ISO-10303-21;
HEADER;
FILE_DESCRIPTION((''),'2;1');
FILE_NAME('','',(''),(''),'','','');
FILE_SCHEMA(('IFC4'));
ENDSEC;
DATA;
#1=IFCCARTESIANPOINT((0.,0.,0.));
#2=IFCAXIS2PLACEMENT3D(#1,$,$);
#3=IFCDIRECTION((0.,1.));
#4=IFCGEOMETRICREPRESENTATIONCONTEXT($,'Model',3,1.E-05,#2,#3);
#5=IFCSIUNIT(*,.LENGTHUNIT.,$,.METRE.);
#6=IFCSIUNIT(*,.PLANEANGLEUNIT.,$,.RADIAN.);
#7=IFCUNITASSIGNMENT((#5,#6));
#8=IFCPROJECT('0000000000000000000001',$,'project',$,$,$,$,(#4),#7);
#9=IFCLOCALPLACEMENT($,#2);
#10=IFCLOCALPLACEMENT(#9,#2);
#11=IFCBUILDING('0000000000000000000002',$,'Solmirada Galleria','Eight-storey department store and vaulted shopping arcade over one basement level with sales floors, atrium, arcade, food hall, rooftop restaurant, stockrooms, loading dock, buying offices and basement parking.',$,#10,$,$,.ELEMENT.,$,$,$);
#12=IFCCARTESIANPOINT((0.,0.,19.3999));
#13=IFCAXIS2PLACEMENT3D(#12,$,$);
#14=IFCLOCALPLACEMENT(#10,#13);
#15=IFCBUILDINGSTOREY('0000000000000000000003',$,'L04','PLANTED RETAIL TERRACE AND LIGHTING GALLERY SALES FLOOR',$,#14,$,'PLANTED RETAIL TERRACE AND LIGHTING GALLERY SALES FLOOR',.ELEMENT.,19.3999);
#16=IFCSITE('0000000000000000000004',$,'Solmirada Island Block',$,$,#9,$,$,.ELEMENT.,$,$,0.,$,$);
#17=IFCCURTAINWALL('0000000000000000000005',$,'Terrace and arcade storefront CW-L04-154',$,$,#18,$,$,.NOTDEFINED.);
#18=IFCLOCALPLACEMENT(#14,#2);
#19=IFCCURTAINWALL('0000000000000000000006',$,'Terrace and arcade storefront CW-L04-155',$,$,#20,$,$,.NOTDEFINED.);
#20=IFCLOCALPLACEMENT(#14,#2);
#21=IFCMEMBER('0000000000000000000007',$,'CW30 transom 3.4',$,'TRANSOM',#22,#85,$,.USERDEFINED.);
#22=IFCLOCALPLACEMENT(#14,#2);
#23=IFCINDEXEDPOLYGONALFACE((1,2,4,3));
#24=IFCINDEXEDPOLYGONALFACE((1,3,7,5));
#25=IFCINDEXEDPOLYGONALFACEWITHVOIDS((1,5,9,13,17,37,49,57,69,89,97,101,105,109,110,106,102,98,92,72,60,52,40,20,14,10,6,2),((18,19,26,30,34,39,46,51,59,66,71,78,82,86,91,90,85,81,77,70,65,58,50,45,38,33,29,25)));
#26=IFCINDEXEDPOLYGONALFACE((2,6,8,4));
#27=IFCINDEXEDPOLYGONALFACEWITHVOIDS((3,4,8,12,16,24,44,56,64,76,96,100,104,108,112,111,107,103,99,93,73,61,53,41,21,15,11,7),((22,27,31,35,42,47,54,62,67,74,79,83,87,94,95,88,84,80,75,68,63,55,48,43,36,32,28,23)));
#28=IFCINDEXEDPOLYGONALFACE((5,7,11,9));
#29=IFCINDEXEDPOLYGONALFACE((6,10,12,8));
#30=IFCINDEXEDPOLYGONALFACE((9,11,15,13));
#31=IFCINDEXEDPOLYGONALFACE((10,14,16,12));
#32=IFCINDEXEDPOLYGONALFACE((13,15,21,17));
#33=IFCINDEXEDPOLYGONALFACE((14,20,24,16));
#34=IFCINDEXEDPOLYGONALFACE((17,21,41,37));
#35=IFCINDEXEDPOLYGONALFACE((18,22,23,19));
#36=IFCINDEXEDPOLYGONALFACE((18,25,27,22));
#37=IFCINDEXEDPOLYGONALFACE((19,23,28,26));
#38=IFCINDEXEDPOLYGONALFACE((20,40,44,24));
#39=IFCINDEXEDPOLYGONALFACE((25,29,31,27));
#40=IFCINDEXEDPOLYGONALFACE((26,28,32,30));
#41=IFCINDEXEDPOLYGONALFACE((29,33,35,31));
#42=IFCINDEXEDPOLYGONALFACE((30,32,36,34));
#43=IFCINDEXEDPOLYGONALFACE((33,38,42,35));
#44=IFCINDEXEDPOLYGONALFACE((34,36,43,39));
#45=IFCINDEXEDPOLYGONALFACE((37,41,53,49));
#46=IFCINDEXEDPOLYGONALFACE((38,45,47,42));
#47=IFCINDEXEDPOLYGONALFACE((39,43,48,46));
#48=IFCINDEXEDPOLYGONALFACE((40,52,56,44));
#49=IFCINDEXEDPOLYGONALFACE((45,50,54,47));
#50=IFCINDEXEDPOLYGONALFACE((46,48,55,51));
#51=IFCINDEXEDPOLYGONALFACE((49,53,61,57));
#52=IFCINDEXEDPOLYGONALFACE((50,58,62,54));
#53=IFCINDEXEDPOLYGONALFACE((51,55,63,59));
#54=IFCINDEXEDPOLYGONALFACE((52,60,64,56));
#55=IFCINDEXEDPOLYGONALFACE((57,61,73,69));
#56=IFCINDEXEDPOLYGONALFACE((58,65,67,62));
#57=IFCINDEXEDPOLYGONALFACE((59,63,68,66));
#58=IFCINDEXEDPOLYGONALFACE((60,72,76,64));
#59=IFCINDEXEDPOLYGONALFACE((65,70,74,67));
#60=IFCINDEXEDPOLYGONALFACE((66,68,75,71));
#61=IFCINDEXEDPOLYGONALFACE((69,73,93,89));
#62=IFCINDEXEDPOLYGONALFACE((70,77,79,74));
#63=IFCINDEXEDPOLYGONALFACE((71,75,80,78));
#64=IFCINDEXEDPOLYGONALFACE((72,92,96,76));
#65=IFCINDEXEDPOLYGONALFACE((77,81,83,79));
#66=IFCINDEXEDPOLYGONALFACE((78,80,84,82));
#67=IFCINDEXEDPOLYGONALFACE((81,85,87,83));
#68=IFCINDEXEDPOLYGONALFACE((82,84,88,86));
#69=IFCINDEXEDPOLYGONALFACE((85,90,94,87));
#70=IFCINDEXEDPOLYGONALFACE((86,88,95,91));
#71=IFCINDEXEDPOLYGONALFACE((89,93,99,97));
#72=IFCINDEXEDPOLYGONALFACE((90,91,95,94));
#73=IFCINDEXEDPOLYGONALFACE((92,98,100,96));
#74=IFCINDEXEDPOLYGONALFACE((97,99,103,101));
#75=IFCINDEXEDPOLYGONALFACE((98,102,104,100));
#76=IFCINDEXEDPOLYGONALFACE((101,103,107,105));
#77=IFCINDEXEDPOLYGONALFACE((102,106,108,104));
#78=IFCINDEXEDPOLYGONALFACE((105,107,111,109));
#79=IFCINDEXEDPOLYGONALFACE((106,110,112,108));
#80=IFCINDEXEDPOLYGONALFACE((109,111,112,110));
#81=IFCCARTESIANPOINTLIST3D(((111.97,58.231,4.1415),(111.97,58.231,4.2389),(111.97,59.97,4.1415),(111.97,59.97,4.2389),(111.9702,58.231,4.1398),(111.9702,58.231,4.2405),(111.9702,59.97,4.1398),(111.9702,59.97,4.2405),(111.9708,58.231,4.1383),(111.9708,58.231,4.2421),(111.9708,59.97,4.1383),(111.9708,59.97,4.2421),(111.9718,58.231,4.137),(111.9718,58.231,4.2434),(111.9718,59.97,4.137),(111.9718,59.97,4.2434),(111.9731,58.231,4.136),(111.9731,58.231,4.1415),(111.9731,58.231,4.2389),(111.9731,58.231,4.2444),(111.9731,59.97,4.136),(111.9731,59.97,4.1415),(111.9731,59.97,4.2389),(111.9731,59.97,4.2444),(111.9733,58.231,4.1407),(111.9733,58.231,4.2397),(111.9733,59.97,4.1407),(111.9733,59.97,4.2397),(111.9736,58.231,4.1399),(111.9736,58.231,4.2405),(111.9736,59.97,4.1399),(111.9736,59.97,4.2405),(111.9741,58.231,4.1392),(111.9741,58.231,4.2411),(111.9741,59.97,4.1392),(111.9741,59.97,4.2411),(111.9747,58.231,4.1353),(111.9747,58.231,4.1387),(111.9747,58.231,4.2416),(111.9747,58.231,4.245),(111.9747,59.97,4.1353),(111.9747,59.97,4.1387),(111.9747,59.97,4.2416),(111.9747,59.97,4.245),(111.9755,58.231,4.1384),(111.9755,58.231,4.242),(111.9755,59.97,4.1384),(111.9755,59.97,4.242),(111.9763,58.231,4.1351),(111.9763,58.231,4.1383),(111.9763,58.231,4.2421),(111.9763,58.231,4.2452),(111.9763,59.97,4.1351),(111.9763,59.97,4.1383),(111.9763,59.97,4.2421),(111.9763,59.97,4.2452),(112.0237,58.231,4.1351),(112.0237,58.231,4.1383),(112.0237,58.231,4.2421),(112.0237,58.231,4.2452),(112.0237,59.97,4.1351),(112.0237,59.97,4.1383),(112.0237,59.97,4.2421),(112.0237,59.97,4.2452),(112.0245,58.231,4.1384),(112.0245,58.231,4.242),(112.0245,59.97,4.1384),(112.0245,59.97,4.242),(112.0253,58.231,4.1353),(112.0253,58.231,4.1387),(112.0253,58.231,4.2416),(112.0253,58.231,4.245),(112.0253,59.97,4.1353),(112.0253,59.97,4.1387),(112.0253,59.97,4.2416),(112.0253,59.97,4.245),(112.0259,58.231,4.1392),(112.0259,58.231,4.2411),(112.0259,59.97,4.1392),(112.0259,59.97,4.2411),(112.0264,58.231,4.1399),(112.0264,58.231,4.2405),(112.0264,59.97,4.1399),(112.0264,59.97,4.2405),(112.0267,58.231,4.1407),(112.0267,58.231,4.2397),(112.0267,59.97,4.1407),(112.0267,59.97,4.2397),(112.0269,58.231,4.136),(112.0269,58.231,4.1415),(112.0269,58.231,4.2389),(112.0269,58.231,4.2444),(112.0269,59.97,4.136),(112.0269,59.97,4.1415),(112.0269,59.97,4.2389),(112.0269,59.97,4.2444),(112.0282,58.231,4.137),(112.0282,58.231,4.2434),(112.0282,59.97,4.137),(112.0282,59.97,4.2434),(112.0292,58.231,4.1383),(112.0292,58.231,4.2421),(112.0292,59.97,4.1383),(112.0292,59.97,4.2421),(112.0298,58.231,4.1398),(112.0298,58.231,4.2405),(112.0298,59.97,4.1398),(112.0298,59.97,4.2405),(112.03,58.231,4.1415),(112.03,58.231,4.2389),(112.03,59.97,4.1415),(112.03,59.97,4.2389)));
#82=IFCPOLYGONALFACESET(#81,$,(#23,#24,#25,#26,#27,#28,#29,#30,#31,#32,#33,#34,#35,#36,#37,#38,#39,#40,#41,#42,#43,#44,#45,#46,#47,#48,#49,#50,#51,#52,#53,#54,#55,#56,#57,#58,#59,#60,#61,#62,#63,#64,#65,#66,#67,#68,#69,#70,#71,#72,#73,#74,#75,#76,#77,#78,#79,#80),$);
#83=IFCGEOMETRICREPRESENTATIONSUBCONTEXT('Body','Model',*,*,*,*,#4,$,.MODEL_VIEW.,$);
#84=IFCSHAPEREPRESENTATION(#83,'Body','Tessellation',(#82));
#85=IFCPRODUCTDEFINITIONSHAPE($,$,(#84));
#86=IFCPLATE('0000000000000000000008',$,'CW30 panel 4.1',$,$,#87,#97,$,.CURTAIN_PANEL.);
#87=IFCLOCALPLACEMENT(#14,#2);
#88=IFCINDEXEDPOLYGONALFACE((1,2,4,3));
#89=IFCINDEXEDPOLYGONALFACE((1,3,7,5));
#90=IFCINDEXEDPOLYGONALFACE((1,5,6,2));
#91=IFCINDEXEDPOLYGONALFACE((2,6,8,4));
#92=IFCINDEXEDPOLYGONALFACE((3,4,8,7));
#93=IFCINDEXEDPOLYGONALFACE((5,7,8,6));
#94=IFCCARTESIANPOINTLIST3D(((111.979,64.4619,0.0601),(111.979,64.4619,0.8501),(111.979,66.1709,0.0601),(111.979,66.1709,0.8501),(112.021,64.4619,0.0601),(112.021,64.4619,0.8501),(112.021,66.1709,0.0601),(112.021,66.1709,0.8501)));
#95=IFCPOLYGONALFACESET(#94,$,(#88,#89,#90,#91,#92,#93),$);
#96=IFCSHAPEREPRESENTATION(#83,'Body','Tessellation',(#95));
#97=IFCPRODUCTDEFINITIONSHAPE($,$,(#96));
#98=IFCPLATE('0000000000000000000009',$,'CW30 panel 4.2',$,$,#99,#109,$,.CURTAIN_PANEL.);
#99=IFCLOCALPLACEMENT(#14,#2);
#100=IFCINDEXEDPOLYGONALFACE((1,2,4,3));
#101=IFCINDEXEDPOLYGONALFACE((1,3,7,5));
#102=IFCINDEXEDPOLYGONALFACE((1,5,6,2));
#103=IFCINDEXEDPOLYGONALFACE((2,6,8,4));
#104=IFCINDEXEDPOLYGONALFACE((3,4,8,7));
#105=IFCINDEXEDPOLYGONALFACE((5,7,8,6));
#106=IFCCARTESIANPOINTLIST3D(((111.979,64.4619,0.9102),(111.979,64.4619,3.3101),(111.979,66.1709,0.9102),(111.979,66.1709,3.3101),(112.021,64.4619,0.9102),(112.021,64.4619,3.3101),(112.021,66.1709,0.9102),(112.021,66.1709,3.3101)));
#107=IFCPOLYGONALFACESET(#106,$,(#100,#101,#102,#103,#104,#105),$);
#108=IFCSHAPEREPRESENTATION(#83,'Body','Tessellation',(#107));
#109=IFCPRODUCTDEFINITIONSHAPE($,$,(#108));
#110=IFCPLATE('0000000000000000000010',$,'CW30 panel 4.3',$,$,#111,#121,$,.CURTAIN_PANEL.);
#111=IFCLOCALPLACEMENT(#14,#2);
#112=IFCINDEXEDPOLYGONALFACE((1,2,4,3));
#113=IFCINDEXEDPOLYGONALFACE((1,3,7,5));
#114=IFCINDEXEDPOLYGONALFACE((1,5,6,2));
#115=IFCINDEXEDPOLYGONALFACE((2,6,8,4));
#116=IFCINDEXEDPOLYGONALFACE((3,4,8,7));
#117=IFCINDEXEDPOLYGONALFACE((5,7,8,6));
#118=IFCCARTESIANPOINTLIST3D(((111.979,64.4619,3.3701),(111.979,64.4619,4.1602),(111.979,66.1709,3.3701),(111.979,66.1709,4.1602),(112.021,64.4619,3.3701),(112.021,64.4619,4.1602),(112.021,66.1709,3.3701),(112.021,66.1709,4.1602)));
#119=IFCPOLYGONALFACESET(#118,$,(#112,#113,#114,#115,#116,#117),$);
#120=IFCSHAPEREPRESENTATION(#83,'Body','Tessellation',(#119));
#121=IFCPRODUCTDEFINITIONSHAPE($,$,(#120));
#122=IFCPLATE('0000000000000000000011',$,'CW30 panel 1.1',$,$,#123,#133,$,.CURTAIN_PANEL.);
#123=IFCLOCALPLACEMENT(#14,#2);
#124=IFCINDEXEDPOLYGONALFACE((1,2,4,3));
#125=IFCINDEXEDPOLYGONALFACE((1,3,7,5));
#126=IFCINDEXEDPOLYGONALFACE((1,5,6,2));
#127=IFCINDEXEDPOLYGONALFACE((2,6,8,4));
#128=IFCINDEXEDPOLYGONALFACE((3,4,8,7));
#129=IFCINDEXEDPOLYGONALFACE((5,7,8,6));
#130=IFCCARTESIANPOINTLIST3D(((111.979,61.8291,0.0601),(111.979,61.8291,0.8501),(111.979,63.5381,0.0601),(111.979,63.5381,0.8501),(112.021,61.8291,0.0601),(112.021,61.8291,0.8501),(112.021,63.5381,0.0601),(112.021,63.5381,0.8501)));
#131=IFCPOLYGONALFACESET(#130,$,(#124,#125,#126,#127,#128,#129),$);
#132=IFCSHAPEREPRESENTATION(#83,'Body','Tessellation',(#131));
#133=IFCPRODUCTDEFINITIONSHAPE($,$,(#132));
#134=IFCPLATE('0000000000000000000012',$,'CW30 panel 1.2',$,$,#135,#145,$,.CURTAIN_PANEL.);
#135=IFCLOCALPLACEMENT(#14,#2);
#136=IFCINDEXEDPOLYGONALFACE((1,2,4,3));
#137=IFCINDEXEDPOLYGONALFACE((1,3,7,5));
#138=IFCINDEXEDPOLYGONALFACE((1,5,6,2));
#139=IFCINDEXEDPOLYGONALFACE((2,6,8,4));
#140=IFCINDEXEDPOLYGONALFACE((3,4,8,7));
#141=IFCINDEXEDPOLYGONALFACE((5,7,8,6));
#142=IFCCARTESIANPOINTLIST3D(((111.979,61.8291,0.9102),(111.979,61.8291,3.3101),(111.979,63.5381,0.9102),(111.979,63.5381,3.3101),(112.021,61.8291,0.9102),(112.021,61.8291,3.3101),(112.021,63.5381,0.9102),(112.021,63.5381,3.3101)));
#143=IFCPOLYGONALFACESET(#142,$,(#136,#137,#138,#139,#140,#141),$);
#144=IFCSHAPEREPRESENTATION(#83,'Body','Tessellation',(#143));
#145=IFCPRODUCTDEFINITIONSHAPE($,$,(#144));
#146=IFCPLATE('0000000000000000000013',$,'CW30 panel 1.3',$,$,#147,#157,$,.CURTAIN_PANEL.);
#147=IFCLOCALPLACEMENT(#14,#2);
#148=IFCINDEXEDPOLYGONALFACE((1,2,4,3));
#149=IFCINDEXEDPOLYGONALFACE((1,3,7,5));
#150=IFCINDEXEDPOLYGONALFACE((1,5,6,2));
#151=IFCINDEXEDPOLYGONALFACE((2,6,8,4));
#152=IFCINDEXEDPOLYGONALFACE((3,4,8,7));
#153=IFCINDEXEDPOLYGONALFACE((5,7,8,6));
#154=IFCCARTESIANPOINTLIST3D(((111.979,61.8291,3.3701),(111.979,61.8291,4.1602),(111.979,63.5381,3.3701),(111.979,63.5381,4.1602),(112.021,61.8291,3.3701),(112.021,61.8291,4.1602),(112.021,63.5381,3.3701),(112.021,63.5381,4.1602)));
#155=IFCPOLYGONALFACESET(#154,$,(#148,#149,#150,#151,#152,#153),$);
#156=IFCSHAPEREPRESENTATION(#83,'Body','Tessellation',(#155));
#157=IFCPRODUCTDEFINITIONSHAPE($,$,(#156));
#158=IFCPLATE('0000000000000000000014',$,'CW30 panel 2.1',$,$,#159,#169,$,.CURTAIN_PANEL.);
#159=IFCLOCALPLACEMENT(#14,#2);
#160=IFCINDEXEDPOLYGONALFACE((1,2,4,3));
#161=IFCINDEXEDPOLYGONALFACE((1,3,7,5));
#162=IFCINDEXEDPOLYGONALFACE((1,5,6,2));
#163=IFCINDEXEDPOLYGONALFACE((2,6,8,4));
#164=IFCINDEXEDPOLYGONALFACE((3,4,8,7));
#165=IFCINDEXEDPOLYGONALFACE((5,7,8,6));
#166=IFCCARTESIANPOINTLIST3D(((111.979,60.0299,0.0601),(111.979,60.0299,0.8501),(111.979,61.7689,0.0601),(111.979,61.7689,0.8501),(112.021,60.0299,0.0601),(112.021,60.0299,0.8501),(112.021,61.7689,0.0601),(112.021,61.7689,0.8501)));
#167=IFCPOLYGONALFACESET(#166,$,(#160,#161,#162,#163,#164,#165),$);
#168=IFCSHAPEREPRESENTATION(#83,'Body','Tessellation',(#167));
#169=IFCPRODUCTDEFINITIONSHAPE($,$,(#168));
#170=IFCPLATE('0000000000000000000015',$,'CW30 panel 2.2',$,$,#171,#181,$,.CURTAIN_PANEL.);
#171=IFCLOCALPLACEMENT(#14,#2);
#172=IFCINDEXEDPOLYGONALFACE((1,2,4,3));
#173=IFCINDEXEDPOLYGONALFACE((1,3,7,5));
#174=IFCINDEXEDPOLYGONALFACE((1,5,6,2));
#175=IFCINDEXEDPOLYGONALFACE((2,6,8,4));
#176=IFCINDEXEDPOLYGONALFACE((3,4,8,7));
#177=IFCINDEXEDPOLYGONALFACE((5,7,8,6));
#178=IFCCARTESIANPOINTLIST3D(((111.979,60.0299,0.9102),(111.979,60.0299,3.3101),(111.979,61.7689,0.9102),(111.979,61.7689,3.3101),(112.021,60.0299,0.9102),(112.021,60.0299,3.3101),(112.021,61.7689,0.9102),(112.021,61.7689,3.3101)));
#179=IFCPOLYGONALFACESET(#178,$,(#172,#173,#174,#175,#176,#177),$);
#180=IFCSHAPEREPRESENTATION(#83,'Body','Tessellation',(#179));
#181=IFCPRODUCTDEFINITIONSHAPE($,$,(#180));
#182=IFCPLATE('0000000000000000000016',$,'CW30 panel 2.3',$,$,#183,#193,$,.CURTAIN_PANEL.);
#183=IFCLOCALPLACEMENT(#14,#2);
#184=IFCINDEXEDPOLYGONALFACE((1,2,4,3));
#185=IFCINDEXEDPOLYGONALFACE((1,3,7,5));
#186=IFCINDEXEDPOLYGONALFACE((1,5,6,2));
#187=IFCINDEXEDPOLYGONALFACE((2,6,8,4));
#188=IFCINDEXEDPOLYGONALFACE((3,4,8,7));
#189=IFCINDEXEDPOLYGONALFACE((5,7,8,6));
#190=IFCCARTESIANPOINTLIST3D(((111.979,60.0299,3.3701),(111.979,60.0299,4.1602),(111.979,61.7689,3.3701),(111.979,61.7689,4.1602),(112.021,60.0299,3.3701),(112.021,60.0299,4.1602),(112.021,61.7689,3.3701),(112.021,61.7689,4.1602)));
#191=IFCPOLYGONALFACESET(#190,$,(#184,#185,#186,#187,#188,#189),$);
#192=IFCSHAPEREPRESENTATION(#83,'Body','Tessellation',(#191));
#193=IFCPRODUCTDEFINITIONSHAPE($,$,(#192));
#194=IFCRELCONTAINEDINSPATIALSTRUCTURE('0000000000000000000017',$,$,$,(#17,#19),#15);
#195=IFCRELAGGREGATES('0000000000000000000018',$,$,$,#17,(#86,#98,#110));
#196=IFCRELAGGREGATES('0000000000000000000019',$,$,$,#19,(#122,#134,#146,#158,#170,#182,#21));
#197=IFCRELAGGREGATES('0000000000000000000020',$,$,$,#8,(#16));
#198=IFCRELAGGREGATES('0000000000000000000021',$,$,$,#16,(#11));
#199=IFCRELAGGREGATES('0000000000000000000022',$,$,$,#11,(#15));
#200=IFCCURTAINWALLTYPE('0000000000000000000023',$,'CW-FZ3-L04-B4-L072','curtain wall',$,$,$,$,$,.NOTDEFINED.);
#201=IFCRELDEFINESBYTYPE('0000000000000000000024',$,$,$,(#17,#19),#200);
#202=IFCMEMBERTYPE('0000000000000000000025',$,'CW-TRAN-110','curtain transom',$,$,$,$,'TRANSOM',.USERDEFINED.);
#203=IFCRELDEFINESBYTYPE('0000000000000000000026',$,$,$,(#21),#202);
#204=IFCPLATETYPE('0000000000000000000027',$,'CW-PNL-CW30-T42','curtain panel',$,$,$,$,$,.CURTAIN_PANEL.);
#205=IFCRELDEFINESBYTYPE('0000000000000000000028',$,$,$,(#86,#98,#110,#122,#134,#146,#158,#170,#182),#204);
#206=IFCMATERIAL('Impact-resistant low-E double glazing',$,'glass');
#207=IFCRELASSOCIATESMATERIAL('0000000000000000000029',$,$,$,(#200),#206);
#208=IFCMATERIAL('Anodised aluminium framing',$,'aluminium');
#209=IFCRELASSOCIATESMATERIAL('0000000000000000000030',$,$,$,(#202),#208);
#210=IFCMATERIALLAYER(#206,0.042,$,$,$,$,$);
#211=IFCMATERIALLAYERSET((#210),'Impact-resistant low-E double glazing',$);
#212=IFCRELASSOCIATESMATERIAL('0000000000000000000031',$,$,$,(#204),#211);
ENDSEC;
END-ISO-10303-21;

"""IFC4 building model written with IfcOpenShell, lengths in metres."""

from ifc_helpers import new_model, si_unit, direction, frame, origin, origin_2d, place, context, subcontext, project, spatial, rectangle, hollow_rectangle, extrude, material, layer, layer_set, material_profile, profile_set, type_object, element, aggregate, save


model = new_model("IFC4")

# Units and contexts
model_context = context("Model", 3, precision=1e-05, world=origin(), true_north=direction((0.0, 1.0)))
body_context = subcontext(model_context, "Body", "Model", "MODEL_VIEW")
ifc_project = project(units=[si_unit("LENGTHUNIT", "METRE"), si_unit("PLANEANGLEUNIT", "RADIAN")], contexts=[model_context])

# Site, building, storey
site_placement = place(None, origin())
site = spatial("IfcSite", under=ifc_project, at=site_placement, Name="Solmirada Island Block", CompositionType="ELEMENT", RefElevation=0.0)
building_placement = place(site_placement, origin())
building = spatial("IfcBuilding", under=site, at=building_placement, Name="Solmirada Galleria", Description="Eight-storey department store and vaulted shopping arcade over one basement level with sales floors, atrium, arcade, food hall, rooftop restaurant, stockrooms, loading dock, buying offices and basement parking.", CompositionType="ELEMENT")
storey_placement = place(building_placement, frame((0.0, 0.0, 19.3999)))
storey = spatial("IfcBuildingStorey", under=building, at=storey_placement, Name="L04", Description="PLANTED RETAIL TERRACE AND LIGHTING GALLERY SALES FLOOR", LongName="PLANTED RETAIL TERRACE AND LIGHTING GALLERY SALES FLOOR", CompositionType="ELEMENT", Elevation=19.3999)

# Curtain wall
ifc_material_1 = material(Name="Impact-resistant low-E double glazing", Category="glass")
curtain_wall_type = type_object("IfcCurtainWallType", Name="CW-FZ3-L04-B4-L072", Description="curtain wall", PredefinedType="NOTDEFINED", material=ifc_material_1)
curtain_wall_1_placement = place(storey_placement, origin())
curtain_wall_1 = element("IfcCurtainWall", 1, at=curtain_wall_1_placement, inside=storey, type_object=curtain_wall_type, Name="Terrace and arcade storefront CW-L04-154", PredefinedType="NOTDEFINED")
ifc_material_2 = material(Name="Anodised aluminium framing", Category="aluminium")

# Curtain wall
curtain_wall_2_placement = place(storey_placement, origin())
curtain_wall_2 = element("IfcCurtainWall", 2, at=curtain_wall_2_placement, inside=storey, type_object=curtain_wall_type, Name="Terrace and arcade storefront CW-L04-155", PredefinedType="NOTDEFINED")

# Member
ifc_material_profile_1 = material_profile(ifc_material_2, hollow_rectangle(XDim=0.0601, YDim=0.1101, WallThickness=0.0032, InnerFilletRadius=0.0032, OuterFilletRadius=0.0063, at=origin_2d()), Name="ALU-TRAN-110X60")
ifc_profile_set_1 = profile_set([ifc_material_profile_1], Name="Anodised aluminium framing")
member_type_1 = type_object("IfcMemberType", Name="CW-TRAN-110", Description="curtain transom", ElementType="TRANSOM", PredefinedType="USERDEFINED", material=ifc_profile_set_1)
member_1_placement = place(storey_placement, frame((112.0, 59.97, 4.1902), z_axis=(0.0, -1.0, 0.0), x_axis=(1.0, 0.0, 0.0)))
member_1 = element("IfcMember", 3, at=member_1_placement, type_object=member_type_1, Name="CW30 transom 3.4", ObjectType="TRANSOM", PredefinedType="USERDEFINED", context=body_context, shape_type="SweptSolid", body=[
    extrude(hollow_rectangle(XDim=0.0601, YDim=0.1101, WallThickness=0.0032, InnerFilletRadius=0.0032, OuterFilletRadius=0.0063, at=origin_2d()), origin(), (0.0, 0.0, 1.0), 1.739),
])

# Plates
ifc_layer = layer(ifc_material_1, 0.042)
ifc_layer_set = layer_set([ifc_layer], Name="Impact-resistant low-E double glazing")
plate_type = type_object("IfcPlateType", Name="CW-PNL-CW30-T42", Description="curtain panel", PredefinedType="CURTAIN_PANEL", material=ifc_layer_set)
plate_1_placement = place(storey_placement, frame((112.0, 65.3164, 0.0601), z_axis=(0.0, 0.0, 1.0), x_axis=(0.0, -1.0, 0.0)))
plate_1 = element("IfcPlate", 4, at=plate_1_placement, type_object=plate_type, Name="CW30 panel 4.1", PredefinedType="CURTAIN_PANEL", context=body_context, shape_type="SweptSolid", body=[
    extrude(rectangle(XDim=1.709, YDim=0.042, at=origin_2d()), origin(), (0.0, 0.0, 1.0), 0.79),
])
plate_2_placement = place(storey_placement, frame((112.0, 65.3164, 0.9102), z_axis=(0.0, 0.0, 1.0), x_axis=(0.0, -1.0, 0.0)))
plate_2 = element("IfcPlate", 5, at=plate_2_placement, type_object=plate_type, Name="CW30 panel 4.2", PredefinedType="CURTAIN_PANEL", context=body_context, shape_type="SweptSolid", body=[
    extrude(rectangle(XDim=1.709, YDim=0.042, at=origin_2d()), origin(), (0.0, 0.0, 1.0), 2.3999),
])
plate_3_placement = place(storey_placement, frame((112.0, 65.3164, 3.3701), z_axis=(0.0, 0.0, 1.0), x_axis=(0.0, -1.0, 0.0)))
plate_3 = element("IfcPlate", 6, at=plate_3_placement, type_object=plate_type, Name="CW30 panel 4.3", PredefinedType="CURTAIN_PANEL", context=body_context, shape_type="SweptSolid", body=[
    extrude(rectangle(XDim=1.709, YDim=0.042, at=origin_2d()), origin(), (0.0, 0.0, 1.0), 0.79),
])
aggregate(curtain_wall_1, [plate_1, plate_2, plate_3])
plate_4_placement = place(storey_placement, frame((112.0, 62.6836, 0.0601), z_axis=(0.0, 0.0, 1.0), x_axis=(0.0, -1.0, 0.0)))
plate_4 = element("IfcPlate", 7, at=plate_4_placement, type_object=plate_type, Name="CW30 panel 1.1", PredefinedType="CURTAIN_PANEL", context=body_context, shape_type="SweptSolid", body=[
    extrude(rectangle(XDim=1.709, YDim=0.042, at=origin_2d()), origin(), (0.0, 0.0, 1.0), 0.79),
])
plate_5_placement = place(storey_placement, frame((112.0, 62.6836, 0.9102), z_axis=(0.0, 0.0, 1.0), x_axis=(0.0, -1.0, 0.0)))
plate_5 = element("IfcPlate", 8, at=plate_5_placement, type_object=plate_type, Name="CW30 panel 1.2", PredefinedType="CURTAIN_PANEL", context=body_context, shape_type="SweptSolid", body=[
    extrude(rectangle(XDim=1.709, YDim=0.042, at=origin_2d()), origin(), (0.0, 0.0, 1.0), 2.3999),
])
plate_6_placement = place(storey_placement, frame((112.0, 62.6836, 3.3701), z_axis=(0.0, 0.0, 1.0), x_axis=(0.0, -1.0, 0.0)))
plate_6 = element("IfcPlate", 9, at=plate_6_placement, type_object=plate_type, Name="CW30 panel 1.3", PredefinedType="CURTAIN_PANEL", context=body_context, shape_type="SweptSolid", body=[
    extrude(rectangle(XDim=1.709, YDim=0.042, at=origin_2d()), origin(), (0.0, 0.0, 1.0), 0.79),
])
plate_7_placement = place(storey_placement, frame((112.0, 60.8994, 0.0601), z_axis=(0.0, 0.0, 1.0), x_axis=(0.0, -1.0, 0.0)))
plate_7 = element("IfcPlate", 10, at=plate_7_placement, type_object=plate_type, Name="CW30 panel 2.1", PredefinedType="CURTAIN_PANEL", context=body_context, shape_type="SweptSolid", body=[
    extrude(rectangle(XDim=1.739, YDim=0.042, at=origin_2d()), origin(), (0.0, 0.0, 1.0), 0.79),
])
plate_8_placement = place(storey_placement, frame((112.0, 60.8994, 0.9102), z_axis=(0.0, 0.0, 1.0), x_axis=(0.0, -1.0, 0.0)))
plate_8 = element("IfcPlate", 11, at=plate_8_placement, type_object=plate_type, Name="CW30 panel 2.2", PredefinedType="CURTAIN_PANEL", context=body_context, shape_type="SweptSolid", body=[
    extrude(rectangle(XDim=1.739, YDim=0.042, at=origin_2d()), origin(), (0.0, 0.0, 1.0), 2.3999),
])
plate_9_placement = place(storey_placement, frame((112.0, 60.8994, 3.3701), z_axis=(0.0, 0.0, 1.0), x_axis=(0.0, -1.0, 0.0)))
plate_9 = element("IfcPlate", 12, at=plate_9_placement, type_object=plate_type, Name="CW30 panel 2.3", PredefinedType="CURTAIN_PANEL", context=body_context, shape_type="SweptSolid", body=[
    extrude(rectangle(XDim=1.739, YDim=0.042, at=origin_2d()), origin(), (0.0, 0.0, 1.0), 0.79),
])
aggregate(curtain_wall_2, [plate_4, plate_5, plate_6, plate_7, plate_8, plate_9, member_1])

save(model, "model.ifc")
